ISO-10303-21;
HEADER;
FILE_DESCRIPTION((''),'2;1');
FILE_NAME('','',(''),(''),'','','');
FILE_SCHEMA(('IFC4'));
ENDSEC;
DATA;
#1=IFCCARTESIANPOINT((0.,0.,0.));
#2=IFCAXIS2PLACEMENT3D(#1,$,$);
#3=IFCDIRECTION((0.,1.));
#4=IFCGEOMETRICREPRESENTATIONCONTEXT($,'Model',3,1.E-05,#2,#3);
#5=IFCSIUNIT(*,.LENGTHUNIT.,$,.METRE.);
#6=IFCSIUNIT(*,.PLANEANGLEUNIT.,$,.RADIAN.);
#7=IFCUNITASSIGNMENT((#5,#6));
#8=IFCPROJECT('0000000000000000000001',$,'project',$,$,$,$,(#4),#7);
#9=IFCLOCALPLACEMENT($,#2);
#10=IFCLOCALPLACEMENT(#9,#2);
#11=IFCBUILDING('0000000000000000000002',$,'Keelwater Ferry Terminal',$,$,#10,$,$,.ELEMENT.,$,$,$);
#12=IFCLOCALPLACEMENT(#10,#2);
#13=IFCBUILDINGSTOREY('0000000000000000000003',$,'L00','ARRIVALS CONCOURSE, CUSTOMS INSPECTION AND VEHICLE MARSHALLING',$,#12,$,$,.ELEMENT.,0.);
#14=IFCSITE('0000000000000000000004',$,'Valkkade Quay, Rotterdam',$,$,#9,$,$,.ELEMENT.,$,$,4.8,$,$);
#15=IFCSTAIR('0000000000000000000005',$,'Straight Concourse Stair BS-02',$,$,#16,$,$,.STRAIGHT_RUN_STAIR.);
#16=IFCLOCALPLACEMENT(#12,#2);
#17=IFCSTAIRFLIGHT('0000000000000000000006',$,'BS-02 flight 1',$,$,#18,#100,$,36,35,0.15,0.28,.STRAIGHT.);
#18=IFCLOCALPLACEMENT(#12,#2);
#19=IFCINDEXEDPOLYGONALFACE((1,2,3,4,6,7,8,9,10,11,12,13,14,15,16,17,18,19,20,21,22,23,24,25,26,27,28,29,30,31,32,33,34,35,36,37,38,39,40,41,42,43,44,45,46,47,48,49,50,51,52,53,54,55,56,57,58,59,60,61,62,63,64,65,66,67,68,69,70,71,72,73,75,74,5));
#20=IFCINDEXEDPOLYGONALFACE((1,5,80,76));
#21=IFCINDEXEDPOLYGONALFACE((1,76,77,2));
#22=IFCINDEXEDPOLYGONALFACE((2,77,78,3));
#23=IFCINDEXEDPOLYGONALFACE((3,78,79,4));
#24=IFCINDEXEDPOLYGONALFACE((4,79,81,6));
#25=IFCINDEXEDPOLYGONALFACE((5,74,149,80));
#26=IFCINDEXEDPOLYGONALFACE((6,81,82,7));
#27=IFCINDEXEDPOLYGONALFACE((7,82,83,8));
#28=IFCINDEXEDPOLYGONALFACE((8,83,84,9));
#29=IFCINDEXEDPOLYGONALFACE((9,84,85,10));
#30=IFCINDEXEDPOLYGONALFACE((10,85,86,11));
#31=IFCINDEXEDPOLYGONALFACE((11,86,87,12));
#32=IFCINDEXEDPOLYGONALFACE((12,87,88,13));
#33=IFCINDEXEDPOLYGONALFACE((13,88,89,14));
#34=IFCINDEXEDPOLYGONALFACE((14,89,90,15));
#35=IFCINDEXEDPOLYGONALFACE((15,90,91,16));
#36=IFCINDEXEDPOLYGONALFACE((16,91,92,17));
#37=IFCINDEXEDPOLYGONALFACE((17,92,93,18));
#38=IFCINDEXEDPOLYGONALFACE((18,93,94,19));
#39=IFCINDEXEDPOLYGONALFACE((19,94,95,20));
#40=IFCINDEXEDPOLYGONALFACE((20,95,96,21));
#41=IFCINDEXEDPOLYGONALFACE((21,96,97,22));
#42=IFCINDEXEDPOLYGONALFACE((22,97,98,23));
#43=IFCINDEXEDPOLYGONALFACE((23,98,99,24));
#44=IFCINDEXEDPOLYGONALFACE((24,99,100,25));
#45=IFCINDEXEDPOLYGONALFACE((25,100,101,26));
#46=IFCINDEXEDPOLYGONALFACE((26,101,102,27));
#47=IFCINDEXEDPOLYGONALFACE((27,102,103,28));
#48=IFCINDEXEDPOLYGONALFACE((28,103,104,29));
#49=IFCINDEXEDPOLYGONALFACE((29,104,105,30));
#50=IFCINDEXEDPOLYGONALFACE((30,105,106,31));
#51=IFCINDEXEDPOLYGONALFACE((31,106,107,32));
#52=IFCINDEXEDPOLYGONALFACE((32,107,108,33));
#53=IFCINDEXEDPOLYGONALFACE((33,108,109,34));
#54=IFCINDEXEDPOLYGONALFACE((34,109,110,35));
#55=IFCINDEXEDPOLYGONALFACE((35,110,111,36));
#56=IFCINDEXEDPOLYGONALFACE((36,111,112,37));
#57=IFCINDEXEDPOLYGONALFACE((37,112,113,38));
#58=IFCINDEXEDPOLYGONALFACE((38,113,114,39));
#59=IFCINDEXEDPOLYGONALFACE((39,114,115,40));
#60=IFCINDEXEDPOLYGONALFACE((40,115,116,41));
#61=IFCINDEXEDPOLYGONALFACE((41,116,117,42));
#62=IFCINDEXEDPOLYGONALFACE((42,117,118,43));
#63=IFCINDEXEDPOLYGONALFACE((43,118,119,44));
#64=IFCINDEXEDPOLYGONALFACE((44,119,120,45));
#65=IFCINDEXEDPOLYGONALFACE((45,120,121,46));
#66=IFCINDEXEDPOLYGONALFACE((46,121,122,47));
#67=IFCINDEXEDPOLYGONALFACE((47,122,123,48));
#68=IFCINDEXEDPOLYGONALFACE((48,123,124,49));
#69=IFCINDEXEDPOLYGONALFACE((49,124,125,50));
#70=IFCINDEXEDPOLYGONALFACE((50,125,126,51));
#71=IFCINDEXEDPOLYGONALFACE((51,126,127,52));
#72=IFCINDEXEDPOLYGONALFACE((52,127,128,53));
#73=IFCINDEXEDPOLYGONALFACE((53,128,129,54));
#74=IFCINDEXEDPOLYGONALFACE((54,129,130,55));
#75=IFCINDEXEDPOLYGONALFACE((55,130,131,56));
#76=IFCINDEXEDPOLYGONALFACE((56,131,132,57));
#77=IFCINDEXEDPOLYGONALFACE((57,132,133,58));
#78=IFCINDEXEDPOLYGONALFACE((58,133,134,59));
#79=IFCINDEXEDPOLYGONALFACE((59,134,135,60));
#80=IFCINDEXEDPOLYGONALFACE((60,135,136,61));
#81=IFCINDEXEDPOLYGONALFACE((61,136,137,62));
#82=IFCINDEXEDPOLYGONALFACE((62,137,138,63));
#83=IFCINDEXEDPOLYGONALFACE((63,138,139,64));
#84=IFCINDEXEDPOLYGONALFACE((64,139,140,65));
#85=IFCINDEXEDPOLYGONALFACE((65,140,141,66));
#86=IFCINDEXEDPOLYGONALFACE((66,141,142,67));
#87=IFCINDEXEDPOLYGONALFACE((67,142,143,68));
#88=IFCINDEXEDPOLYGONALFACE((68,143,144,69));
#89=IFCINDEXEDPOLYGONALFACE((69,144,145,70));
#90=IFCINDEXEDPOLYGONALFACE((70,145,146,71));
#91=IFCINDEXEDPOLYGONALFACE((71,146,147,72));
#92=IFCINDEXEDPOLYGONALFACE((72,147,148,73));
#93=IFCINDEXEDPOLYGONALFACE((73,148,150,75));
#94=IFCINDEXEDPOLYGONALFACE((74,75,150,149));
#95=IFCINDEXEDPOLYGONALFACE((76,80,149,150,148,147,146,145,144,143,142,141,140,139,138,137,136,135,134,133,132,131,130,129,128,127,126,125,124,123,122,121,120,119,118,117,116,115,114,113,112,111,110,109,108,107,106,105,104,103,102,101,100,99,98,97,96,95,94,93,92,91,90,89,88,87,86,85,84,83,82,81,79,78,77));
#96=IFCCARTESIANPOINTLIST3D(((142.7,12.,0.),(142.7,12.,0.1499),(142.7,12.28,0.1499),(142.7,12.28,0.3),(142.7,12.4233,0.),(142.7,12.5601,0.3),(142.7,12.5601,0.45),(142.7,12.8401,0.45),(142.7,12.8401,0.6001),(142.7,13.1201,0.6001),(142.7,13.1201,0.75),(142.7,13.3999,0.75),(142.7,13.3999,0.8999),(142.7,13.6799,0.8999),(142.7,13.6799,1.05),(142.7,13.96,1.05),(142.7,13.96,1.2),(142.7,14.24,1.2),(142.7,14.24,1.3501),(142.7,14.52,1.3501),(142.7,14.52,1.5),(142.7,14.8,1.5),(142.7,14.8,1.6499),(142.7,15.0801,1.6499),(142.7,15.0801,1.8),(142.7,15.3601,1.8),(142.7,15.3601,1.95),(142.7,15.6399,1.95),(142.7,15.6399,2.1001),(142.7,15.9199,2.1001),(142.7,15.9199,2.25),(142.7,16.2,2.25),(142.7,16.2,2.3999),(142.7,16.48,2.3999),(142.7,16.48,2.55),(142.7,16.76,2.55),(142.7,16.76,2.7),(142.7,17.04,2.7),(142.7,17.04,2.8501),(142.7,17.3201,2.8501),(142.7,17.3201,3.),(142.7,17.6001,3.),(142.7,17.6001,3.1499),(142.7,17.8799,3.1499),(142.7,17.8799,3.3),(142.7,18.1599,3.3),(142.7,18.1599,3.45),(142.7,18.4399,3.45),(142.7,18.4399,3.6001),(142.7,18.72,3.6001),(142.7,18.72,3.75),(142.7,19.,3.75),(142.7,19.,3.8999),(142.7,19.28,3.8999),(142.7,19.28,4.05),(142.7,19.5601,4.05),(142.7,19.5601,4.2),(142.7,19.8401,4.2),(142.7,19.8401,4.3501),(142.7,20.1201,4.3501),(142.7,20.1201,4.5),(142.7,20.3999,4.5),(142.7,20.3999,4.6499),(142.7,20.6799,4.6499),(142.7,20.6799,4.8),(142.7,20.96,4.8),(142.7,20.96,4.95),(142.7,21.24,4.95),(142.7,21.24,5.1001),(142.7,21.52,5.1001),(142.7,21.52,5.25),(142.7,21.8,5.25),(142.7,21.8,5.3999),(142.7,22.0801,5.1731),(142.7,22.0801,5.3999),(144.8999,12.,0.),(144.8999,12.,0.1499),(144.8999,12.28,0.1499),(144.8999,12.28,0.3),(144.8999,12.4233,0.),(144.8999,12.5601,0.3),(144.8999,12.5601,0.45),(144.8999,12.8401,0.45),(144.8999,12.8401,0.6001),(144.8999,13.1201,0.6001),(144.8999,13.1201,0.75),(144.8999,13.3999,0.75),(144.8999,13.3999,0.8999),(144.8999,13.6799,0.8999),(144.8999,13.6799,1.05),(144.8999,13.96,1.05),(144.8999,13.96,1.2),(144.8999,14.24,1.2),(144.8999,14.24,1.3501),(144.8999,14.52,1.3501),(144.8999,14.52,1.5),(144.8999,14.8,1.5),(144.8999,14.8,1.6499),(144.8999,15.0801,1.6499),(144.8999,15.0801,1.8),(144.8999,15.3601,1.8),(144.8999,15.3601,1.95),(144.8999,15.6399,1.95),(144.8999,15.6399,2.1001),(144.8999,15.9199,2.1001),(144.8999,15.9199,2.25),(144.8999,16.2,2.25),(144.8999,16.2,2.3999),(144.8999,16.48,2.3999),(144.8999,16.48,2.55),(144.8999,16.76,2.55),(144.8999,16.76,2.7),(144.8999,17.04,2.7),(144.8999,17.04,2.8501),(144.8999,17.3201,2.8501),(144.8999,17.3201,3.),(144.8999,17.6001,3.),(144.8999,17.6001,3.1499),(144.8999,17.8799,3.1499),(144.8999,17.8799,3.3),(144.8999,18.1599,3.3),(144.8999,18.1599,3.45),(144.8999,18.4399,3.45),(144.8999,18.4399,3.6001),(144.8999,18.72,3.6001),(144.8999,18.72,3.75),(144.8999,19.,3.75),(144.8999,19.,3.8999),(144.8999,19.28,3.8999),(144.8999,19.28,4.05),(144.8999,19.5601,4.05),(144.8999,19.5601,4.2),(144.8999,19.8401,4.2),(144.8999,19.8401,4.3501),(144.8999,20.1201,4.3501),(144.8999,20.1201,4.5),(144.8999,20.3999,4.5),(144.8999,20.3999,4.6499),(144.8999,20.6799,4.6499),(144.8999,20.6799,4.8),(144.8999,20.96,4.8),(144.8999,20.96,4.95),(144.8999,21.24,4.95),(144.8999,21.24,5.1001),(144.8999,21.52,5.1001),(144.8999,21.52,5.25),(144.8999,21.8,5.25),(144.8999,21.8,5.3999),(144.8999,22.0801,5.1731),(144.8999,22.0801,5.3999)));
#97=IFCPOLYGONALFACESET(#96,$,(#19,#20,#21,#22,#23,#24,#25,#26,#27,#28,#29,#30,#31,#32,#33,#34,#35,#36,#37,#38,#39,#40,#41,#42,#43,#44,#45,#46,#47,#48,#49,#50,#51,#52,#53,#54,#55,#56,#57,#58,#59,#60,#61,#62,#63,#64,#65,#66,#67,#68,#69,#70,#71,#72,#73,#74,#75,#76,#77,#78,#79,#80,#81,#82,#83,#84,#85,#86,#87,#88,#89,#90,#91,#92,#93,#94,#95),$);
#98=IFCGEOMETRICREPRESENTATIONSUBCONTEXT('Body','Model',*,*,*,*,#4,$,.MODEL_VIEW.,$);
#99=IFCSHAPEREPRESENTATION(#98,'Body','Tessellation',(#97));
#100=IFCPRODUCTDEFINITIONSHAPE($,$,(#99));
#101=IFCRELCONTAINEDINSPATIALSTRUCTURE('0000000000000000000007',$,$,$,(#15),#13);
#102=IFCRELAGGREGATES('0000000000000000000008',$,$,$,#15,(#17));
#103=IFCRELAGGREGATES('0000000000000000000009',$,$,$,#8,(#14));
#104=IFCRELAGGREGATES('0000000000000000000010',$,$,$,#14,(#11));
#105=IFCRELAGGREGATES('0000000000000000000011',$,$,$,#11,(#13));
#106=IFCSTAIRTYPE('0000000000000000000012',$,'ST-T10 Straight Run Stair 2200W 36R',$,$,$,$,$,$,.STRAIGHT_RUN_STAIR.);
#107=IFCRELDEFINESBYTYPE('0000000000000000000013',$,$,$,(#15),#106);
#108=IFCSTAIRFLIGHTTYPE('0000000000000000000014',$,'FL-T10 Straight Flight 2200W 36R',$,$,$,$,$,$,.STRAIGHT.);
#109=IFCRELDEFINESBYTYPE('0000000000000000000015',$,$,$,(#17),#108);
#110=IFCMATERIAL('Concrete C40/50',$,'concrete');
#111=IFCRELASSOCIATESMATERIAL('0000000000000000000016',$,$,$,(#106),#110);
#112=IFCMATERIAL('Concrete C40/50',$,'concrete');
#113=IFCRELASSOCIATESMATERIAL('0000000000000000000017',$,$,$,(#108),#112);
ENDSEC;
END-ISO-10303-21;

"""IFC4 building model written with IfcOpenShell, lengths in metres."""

from ifc_helpers import new_model, si_unit, direction, frame, origin, place, context, subcontext, project, spatial, polyline, outline, extrude, material, type_object, element, aggregate, save


model = new_model("IFC4")

# Units and contexts
model_context = context("Model", 3, precision=1e-05, world=origin(), true_north=direction((0.0, 1.0)))
body_context = subcontext(model_context, "Body", "Model", "MODEL_VIEW")
ifc_project = project(units=[si_unit("LENGTHUNIT", "METRE"), si_unit("PLANEANGLEUNIT", "RADIAN")], contexts=[model_context])

# Site, building, storey
site_placement = place(None, origin())
site = spatial("IfcSite", under=ifc_project, at=site_placement, Name="Valkkade Quay, Rotterdam", CompositionType="ELEMENT", RefElevation=4.8)
building_placement = place(site_placement, origin())
building = spatial("IfcBuilding", under=site, at=building_placement, Name="Keelwater Ferry Terminal", CompositionType="ELEMENT")
storey_placement = place(building_placement, origin())
storey = spatial("IfcBuildingStorey", under=building, at=storey_placement, Name="L00", Description="ARRIVALS CONCOURSE, CUSTOMS INSPECTION AND VEHICLE MARSHALLING", CompositionType="ELEMENT", Elevation=0.0)

# Stair, stair flight
ifc_material_1 = material(Name="Concrete C40/50", Category="concrete")
stair_type = type_object("IfcStairType", Name="ST-T10 Straight Run Stair 2200W 36R", PredefinedType="STRAIGHT_RUN_STAIR", material=ifc_material_1)
stair_placement = place(storey_placement, origin())
stair = element("IfcStair", 1, at=stair_placement, inside=storey, type_object=stair_type, Name="Straight Concourse Stair BS-02", PredefinedType="STRAIGHT_RUN_STAIR")
ifc_material_2 = material(Name="Concrete C40/50", Category="concrete")
stair_flight_type = type_object("IfcStairFlightType", Name="FL-T10 Straight Flight 2200W 36R", PredefinedType="STRAIGHT", material=ifc_material_2)
stair_flight_placement = place(storey_placement, frame((143.8, 12.0, 0.0), z_axis=(0.0, 0.0, 1.0), x_axis=(0.0, 1.0, 0.0)))
stair_flight = element("IfcStairFlight", 2, at=stair_flight_placement, type_object=stair_flight_type, Name="BS-02 flight 1", NumberOfRisers=36, NumberOfTreads=35, PredefinedType="STRAIGHT", RiserHeight=0.15, TreadLength=0.28, context=body_context, shape_type="SweptSolid", body=[
    extrude(outline(polyline([(0.0, 0.0), (0.0, 0.1499), (0.28, 0.1499), (0.28, 0.3), (0.5601, 0.3), (0.5601, 0.45), (0.8401, 0.45), (0.8401, 0.6001), (1.1201, 0.6001), (1.1201, 0.75), (1.3999, 0.75), (1.3999, 0.8999), (1.6799, 0.8999), (1.6799, 1.05), (1.96, 1.05), (1.96, 1.2), (2.24, 1.2), (2.24, 1.3501), (2.52, 1.3501), (2.52, 1.5), (2.8, 1.5), (2.8, 1.6499), (3.0801, 1.6499), (3.0801, 1.8), (3.3601, 1.8), (3.3601, 1.95), (3.6399, 1.95), (3.6399, 2.1001), (3.9199, 2.1001), (3.9199, 2.25), (4.2, 2.25), (4.2, 2.3999), (4.48, 2.3999), (4.48, 2.55), (4.76, 2.55), (4.76, 2.7), (5.04, 2.7), (5.04, 2.8501), (5.3201, 2.8501), (5.3201, 3.0), (5.6001, 3.0), (5.6001, 3.1499), (5.8799, 3.1499), (5.8799, 3.3), (6.1599, 3.3), (6.1599, 3.45), (6.4399, 3.45), (6.4399, 3.6001), (6.72, 3.6001), (6.72, 3.75), (7.0, 3.75), (7.0, 3.8999), (7.28, 3.8999), (7.28, 4.05), (7.5601, 4.05), (7.5601, 4.2), (7.8401, 4.2), (7.8401, 4.3501), (8.1201, 4.3501), (8.1201, 4.5), (8.3999, 4.5), (8.3999, 4.6499), (8.6799, 4.6499), (8.6799, 4.8), (8.96, 4.8), (8.96, 4.95), (9.24, 4.95), (9.24, 5.1001), (9.52, 5.1001), (9.52, 5.25), (9.8, 5.25), (9.8, 5.3999), (10.0801, 5.3999), (10.0801, 5.1731), (0.4233, 0.0), (0.0, 0.0)])), frame((0.0, 1.1001, 0.0), z_axis=(0.0, -1.0, 0.0), x_axis=(1.0, 0.0, 0.0)), (0.0, 0.0, 1.0), 2.2),
])
aggregate(stair, [stair_flight])

save(model, "model.ifc")
